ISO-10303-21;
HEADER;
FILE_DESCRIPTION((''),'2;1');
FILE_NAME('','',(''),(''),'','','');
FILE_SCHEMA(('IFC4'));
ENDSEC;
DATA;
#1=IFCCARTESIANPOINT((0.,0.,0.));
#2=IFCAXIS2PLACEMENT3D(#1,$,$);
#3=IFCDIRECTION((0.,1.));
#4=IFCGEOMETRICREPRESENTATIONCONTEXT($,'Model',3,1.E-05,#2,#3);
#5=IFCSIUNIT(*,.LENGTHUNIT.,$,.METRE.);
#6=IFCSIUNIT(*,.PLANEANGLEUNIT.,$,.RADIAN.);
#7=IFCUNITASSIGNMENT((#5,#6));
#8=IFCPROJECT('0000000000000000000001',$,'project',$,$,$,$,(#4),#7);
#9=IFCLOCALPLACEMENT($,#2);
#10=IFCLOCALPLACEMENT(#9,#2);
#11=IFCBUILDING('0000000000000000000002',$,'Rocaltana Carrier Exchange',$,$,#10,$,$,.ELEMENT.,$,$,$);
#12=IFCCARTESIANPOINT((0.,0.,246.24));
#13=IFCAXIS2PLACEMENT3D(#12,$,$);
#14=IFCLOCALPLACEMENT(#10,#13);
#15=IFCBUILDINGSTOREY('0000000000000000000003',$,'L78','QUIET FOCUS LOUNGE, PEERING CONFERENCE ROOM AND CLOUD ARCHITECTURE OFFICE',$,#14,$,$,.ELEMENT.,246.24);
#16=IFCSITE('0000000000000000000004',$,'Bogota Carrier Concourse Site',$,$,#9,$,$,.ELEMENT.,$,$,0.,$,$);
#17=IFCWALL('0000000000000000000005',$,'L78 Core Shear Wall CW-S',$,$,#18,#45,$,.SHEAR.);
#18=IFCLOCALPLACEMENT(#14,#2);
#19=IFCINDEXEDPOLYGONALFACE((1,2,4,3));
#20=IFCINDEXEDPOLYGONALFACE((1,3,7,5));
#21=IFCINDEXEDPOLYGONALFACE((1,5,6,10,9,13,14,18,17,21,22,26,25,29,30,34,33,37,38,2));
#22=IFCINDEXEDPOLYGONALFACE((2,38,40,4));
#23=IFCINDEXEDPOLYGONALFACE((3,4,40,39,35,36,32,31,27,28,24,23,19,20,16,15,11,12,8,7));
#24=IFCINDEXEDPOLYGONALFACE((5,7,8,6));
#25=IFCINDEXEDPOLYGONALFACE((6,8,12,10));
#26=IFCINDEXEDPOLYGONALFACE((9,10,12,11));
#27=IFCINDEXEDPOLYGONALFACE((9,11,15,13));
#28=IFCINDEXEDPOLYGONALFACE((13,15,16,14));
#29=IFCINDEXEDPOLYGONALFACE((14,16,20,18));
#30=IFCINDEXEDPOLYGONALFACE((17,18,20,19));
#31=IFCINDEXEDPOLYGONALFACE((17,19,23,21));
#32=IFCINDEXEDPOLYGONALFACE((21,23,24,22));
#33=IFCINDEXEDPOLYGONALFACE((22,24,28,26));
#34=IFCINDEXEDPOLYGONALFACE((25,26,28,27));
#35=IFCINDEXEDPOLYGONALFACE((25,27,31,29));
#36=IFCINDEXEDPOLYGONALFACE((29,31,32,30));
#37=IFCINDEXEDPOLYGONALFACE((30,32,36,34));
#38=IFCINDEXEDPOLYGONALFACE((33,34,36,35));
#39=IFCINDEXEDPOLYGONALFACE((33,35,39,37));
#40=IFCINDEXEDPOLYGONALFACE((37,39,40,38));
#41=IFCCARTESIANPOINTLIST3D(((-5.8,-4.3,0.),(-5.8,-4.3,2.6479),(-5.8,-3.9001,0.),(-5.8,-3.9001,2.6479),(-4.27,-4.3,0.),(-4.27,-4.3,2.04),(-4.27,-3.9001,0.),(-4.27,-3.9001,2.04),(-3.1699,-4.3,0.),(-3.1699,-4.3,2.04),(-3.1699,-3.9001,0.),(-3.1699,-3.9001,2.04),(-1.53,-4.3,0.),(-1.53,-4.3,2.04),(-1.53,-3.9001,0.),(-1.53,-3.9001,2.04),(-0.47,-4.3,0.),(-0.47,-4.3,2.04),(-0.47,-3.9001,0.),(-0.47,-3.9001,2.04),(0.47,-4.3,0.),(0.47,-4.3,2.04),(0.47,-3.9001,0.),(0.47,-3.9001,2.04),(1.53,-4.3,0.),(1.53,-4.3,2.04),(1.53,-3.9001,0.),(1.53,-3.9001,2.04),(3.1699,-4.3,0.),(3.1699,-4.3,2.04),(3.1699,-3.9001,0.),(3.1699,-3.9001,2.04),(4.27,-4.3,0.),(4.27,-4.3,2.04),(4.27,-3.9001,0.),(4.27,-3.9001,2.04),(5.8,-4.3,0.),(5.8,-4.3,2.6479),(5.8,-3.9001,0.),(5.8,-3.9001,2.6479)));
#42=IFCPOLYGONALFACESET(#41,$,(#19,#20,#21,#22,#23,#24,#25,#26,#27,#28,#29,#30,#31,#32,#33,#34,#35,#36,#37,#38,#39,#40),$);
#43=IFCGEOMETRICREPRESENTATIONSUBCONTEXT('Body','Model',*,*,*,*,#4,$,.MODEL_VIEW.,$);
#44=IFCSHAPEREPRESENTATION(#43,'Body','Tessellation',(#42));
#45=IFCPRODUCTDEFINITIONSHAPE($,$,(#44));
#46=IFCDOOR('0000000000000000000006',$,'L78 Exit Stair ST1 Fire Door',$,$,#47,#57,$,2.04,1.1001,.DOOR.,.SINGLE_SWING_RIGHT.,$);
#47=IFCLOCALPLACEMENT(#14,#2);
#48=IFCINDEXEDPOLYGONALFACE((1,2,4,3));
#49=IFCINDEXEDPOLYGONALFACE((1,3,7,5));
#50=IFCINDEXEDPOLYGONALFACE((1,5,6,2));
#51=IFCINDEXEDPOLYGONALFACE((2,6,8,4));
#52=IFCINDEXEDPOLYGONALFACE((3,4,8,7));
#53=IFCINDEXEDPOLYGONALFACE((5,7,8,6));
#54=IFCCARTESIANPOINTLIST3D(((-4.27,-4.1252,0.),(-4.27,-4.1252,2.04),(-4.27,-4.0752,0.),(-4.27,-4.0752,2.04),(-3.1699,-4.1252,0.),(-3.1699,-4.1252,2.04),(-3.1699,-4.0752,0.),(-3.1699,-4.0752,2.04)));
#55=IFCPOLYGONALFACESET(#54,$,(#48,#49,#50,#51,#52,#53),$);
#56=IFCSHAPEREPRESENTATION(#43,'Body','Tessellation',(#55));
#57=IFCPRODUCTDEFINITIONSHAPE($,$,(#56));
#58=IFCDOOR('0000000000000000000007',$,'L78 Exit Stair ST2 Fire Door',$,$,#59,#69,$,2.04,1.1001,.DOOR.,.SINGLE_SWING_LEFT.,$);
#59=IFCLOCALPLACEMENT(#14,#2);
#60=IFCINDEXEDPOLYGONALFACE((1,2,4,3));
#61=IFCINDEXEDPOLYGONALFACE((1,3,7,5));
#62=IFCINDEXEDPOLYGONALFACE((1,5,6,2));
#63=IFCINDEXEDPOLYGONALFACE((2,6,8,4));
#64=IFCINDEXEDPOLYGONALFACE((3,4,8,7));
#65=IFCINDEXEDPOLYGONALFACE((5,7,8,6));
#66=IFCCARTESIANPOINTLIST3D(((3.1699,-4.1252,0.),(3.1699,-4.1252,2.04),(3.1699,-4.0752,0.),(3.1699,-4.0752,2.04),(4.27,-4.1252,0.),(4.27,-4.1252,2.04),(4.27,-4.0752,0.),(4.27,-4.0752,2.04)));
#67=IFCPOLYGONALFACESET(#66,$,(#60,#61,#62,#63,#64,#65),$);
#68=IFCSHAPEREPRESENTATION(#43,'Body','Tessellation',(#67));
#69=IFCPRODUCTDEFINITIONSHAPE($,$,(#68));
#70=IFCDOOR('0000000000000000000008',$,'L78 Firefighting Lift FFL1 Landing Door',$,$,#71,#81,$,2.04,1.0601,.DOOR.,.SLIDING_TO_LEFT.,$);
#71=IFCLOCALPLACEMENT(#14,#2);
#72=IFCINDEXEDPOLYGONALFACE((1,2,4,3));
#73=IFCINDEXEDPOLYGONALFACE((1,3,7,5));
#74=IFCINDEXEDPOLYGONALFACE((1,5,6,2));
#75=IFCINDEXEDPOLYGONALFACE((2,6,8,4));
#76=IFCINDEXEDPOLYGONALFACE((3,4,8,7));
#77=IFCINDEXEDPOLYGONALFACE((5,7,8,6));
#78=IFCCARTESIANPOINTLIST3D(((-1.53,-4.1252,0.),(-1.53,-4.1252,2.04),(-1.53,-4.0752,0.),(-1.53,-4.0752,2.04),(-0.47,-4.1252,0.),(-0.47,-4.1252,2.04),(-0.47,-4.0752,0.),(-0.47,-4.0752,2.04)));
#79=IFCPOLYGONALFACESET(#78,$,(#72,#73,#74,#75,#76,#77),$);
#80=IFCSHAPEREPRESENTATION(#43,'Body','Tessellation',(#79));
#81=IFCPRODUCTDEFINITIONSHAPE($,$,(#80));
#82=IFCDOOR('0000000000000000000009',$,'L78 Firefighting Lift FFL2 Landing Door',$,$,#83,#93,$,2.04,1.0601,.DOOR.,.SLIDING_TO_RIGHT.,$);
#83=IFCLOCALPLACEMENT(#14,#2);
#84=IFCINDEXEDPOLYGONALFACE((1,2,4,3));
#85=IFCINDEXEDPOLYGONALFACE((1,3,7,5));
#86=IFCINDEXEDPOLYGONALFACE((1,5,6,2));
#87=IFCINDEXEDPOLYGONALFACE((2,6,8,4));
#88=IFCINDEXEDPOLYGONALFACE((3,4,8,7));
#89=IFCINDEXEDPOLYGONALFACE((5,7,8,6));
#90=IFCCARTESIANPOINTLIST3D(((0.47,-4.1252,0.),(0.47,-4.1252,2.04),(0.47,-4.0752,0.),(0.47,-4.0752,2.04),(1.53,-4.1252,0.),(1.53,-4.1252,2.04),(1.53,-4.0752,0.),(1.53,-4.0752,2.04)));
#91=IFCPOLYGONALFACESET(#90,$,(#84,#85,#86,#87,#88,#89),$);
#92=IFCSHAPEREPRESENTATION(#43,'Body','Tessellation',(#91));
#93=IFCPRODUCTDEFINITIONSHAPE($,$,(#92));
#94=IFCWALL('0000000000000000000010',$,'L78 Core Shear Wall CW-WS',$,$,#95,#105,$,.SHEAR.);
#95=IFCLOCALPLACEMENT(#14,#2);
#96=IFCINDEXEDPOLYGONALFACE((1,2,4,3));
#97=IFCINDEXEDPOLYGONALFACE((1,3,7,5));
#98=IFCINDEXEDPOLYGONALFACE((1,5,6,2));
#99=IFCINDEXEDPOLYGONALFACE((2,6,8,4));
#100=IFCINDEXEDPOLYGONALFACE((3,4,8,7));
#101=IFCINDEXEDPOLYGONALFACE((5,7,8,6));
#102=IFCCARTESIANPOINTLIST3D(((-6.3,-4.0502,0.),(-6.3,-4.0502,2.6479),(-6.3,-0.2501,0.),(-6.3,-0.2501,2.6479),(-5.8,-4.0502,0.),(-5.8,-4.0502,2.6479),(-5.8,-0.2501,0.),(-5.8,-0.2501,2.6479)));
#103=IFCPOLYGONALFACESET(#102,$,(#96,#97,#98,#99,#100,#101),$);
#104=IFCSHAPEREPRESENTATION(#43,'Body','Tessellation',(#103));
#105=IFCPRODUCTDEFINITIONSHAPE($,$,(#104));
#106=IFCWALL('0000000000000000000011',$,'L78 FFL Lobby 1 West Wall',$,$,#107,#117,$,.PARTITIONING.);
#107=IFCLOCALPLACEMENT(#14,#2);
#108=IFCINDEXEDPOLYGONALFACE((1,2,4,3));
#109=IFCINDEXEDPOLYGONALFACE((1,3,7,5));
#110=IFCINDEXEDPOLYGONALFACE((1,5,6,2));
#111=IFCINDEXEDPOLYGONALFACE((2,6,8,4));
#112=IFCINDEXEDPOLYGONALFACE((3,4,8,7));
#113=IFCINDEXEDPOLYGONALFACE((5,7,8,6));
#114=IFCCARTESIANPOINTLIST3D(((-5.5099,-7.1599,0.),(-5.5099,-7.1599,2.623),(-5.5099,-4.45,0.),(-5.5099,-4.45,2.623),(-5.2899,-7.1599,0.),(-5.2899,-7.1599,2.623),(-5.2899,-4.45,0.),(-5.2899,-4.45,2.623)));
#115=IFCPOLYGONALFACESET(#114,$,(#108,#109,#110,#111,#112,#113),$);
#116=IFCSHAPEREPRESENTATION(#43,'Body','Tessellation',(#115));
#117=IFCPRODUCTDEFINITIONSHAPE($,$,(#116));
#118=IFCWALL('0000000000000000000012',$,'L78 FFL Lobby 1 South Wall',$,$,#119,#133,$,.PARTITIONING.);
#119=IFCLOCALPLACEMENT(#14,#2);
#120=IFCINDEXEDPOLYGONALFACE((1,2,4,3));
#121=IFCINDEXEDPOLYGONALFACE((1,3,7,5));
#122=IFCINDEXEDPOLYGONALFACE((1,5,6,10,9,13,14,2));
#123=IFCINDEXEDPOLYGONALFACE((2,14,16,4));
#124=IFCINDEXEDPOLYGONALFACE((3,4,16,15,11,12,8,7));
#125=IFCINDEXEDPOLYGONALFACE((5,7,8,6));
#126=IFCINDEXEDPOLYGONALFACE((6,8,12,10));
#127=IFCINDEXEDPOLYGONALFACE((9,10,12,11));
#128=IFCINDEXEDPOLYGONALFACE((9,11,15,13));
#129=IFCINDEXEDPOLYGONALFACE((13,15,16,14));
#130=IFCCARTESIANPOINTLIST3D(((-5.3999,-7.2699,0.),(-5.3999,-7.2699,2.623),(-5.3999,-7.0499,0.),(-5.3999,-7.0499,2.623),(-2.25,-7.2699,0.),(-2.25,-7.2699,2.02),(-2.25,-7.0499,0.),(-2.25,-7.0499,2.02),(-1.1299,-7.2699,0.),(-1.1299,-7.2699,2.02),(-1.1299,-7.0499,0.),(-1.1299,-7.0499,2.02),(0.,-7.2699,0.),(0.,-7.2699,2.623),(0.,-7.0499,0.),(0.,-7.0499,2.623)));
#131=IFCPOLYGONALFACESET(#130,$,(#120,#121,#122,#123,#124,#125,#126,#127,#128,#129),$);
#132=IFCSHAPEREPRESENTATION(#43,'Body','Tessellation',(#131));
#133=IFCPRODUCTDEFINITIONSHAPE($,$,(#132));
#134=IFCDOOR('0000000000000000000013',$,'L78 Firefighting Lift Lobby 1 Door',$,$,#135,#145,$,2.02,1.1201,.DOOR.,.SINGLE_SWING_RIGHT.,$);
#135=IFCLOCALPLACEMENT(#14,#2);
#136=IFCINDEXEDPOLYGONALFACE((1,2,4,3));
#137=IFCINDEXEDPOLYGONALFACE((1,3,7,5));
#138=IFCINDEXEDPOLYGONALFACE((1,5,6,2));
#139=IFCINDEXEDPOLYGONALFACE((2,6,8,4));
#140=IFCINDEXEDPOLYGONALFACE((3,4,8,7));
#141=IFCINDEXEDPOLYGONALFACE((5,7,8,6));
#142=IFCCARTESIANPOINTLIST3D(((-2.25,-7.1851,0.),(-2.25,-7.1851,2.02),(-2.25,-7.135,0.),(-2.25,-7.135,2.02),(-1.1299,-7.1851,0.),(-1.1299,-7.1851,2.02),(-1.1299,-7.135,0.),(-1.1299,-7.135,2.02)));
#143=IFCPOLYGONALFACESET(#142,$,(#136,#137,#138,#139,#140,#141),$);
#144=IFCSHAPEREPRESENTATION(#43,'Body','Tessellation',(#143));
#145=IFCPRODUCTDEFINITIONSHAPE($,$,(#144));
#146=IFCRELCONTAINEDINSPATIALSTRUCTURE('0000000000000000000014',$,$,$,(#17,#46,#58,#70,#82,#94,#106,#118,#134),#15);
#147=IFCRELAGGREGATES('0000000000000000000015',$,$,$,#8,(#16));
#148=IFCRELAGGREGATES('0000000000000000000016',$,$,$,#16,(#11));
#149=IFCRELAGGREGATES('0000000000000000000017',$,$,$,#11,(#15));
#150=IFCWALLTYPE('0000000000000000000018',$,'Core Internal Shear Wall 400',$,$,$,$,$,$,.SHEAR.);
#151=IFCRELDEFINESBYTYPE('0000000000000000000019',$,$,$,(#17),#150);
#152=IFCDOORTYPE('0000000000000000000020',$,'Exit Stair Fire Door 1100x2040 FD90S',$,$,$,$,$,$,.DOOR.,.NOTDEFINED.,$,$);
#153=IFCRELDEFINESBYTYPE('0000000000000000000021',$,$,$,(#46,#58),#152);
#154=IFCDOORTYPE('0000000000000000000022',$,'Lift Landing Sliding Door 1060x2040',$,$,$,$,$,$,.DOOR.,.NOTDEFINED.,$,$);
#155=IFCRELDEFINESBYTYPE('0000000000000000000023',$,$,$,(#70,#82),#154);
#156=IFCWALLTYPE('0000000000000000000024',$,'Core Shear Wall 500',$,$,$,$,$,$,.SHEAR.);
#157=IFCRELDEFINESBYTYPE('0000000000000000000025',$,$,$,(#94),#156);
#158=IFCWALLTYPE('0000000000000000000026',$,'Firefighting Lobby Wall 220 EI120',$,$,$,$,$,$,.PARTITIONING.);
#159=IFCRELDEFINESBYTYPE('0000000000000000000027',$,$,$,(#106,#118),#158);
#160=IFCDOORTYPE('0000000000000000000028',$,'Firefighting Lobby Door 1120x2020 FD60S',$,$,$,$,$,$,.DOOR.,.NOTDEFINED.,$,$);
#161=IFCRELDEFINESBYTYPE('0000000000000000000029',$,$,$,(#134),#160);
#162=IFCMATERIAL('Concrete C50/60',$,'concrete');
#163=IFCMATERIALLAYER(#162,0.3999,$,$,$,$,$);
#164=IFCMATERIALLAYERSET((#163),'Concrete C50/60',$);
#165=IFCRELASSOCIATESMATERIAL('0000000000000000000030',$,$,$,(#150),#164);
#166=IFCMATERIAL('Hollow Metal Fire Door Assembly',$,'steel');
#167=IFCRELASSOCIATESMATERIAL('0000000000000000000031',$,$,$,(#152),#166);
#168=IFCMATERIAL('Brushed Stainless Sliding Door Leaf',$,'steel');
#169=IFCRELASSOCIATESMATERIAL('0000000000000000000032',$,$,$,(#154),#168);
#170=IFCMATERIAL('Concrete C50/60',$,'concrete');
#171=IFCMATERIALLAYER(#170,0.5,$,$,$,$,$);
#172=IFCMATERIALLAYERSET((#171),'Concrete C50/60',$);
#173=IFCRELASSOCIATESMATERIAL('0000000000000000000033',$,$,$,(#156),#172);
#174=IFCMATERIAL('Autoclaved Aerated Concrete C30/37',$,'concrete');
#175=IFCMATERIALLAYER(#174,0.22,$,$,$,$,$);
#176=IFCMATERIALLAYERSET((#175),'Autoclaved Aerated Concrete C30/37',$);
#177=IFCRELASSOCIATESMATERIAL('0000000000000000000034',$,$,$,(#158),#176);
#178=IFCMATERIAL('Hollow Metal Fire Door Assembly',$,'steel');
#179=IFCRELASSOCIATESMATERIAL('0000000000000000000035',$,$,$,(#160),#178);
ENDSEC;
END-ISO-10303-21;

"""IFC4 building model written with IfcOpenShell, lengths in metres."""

from ifc_helpers import new_model, si_unit, direction, frame, frame_2d, origin, place, context, subcontext, project, spatial, rectangle, extrude, material, layer, layer_set, type_object, element, fill, save


model = new_model("IFC4")

# Units and contexts
model_context = context("Model", 3, precision=1e-05, world=origin(), true_north=direction((0.0, 1.0)))
body_context = subcontext(model_context, "Body", "Model", "MODEL_VIEW")
ifc_project = project(units=[si_unit("LENGTHUNIT", "METRE"), si_unit("PLANEANGLEUNIT", "RADIAN")], contexts=[model_context])

# Site, building, storey
site_placement = place(None, origin())
site = spatial("IfcSite", under=ifc_project, at=site_placement, Name="Bogota Carrier Concourse Site", CompositionType="ELEMENT", RefElevation=0.0)
building_placement = place(site_placement, origin())
building = spatial("IfcBuilding", under=site, at=building_placement, Name="Rocaltana Carrier Exchange", CompositionType="ELEMENT")
storey_placement = place(building_placement, frame((0.0, 0.0, 246.24)))
storey = spatial("IfcBuildingStorey", under=building, at=storey_placement, Name="L78", Description="QUIET FOCUS LOUNGE, PEERING CONFERENCE ROOM AND CLOUD ARCHITECTURE OFFICE", CompositionType="ELEMENT", Elevation=246.24)

# Wall, openings, doors
ifc_material_1 = material(Name="Concrete C50/60", Category="concrete")
ifc_layer_1 = layer(ifc_material_1, 0.3999)
ifc_layer_set_1 = layer_set([ifc_layer_1], Name="Concrete C50/60")
wall_type_1 = type_object("IfcWallType", Name="Core Internal Shear Wall 400", PredefinedType="SHEAR", material=ifc_layer_set_1)
wall_1_placement = place(storey_placement, frame((-5.8, -4.1001, 0.0), z_axis=(0.0, 0.0, 1.0), x_axis=(1.0, 0.0, 0.0)))
wall_1 = element("IfcWall", 1, at=wall_1_placement, inside=storey, type_object=wall_type_1, Name="L78 Core Shear Wall CW-S", PredefinedType="SHEAR", context=body_context, shape_type="SweptSolid", body=[
    extrude(rectangle(XDim=11.6001, YDim=0.3999, at=frame_2d((5.8, 0.0))), origin(), (0.0, 0.0, 1.0), 2.6479),
])
opening_1_placement = place(wall_1_placement, frame((1.53, 0.0, 0.0)))
opening_1 = element("IfcOpeningElement", 2, at=opening_1_placement, cuts=wall_1, PredefinedType="OPENING", context=body_context, shape_type="SweptSolid", body=[
    extrude(rectangle(XDim=1.1001, YDim=2.04, at=frame_2d((0.55, 1.02))), frame((0.0, 0.21, 0.0), z_axis=(0.0, -1.0, 0.0), x_axis=(1.0, 0.0, 0.0)), (0.0, 0.0, 1.0), 0.4199),
])
opening_2_placement = place(wall_1_placement, frame((8.97, 0.0, 0.0)))
opening_2 = element("IfcOpeningElement", 3, at=opening_2_placement, cuts=wall_1, PredefinedType="OPENING", context=body_context, shape_type="SweptSolid", body=[
    extrude(rectangle(XDim=1.1001, YDim=2.04, at=frame_2d((0.55, 1.02))), frame((0.0, 0.21, 0.0), z_axis=(0.0, -1.0, 0.0), x_axis=(1.0, 0.0, 0.0)), (0.0, 0.0, 1.0), 0.4199),
])
opening_3_placement = place(wall_1_placement, frame((4.27, 0.0, 0.0)))
opening_3 = element("IfcOpeningElement", 4, at=opening_3_placement, cuts=wall_1, PredefinedType="OPENING", context=body_context, shape_type="SweptSolid", body=[
    extrude(rectangle(XDim=1.0601, YDim=2.04, at=frame_2d((0.53, 1.02))), frame((0.0, 0.21, 0.0), z_axis=(0.0, -1.0, 0.0), x_axis=(1.0, 0.0, 0.0)), (0.0, 0.0, 1.0), 0.4199),
])
opening_4_placement = place(wall_1_placement, frame((6.27, 0.0, 0.0)))
opening_4 = element("IfcOpeningElement", 5, at=opening_4_placement, cuts=wall_1, PredefinedType="OPENING", context=body_context, shape_type="SweptSolid", body=[
    extrude(rectangle(XDim=1.0601, YDim=2.04, at=frame_2d((0.53, 1.02))), frame((0.0, 0.21, 0.0), z_axis=(0.0, -1.0, 0.0), x_axis=(1.0, 0.0, 0.0)), (0.0, 0.0, 1.0), 0.4199),
])
ifc_material_2 = material(Name="Hollow Metal Fire Door Assembly", Category="steel")
door_type_1 = type_object("IfcDoorType", Name="Exit Stair Fire Door 1100x2040 FD90S", OperationType="NOTDEFINED", PredefinedType="DOOR", material=ifc_material_2)
door_1_placement = place(opening_1_placement, origin())
door_1 = element("IfcDoor", 6, at=door_1_placement, inside=storey, type_object=door_type_1, Name="L78 Exit Stair ST1 Fire Door", OperationType="SINGLE_SWING_RIGHT", OverallHeight=2.04, OverallWidth=1.1001, PredefinedType="DOOR", context=body_context, shape_type="SweptSolid", body=[
    extrude(rectangle(XDim=1.1001, YDim=2.04, at=frame_2d((0.55, 1.02))), frame((0.0, 0.0249, 0.0), z_axis=(0.0, -1.0, 0.0), x_axis=(1.0, 0.0, 0.0)), (0.0, 0.0, 1.0), 0.05),
])
fill(opening_1, door_1)
door_2_placement = place(opening_2_placement, origin())
door_2 = element("IfcDoor", 7, at=door_2_placement, inside=storey, type_object=door_type_1, Name="L78 Exit Stair ST2 Fire Door", OperationType="SINGLE_SWING_LEFT", OverallHeight=2.04, OverallWidth=1.1001, PredefinedType="DOOR", context=body_context, shape_type="SweptSolid", body=[
    extrude(rectangle(XDim=1.1001, YDim=2.04, at=frame_2d((0.55, 1.02))), frame((0.0, 0.0249, 0.0), z_axis=(0.0, -1.0, 0.0), x_axis=(1.0, 0.0, 0.0)), (0.0, 0.0, 1.0), 0.05),
])
fill(opening_2, door_2)
ifc_material_3 = material(Name="Brushed Stainless Sliding Door Leaf", Category="steel")
door_type_2 = type_object("IfcDoorType", Name="Lift Landing Sliding Door 1060x2040", OperationType="NOTDEFINED", PredefinedType="DOOR", material=ifc_material_3)
door_3_placement = place(opening_3_placement, origin())
door_3 = element("IfcDoor", 8, at=door_3_placement, inside=storey, type_object=door_type_2, Name="L78 Firefighting Lift FFL1 Landing Door", OperationType="SLIDING_TO_LEFT", OverallHeight=2.04, OverallWidth=1.0601, PredefinedType="DOOR", context=body_context, shape_type="SweptSolid", body=[
    extrude(rectangle(XDim=1.0601, YDim=2.04, at=frame_2d((0.53, 1.02))), frame((0.0, 0.0249, 0.0), z_axis=(0.0, -1.0, 0.0), x_axis=(1.0, 0.0, 0.0)), (0.0, 0.0, 1.0), 0.05),
])
fill(opening_3, door_3)
door_4_placement = place(opening_4_placement, origin())
door_4 = element("IfcDoor", 9, at=door_4_placement, inside=storey, type_object=door_type_2, Name="L78 Firefighting Lift FFL2 Landing Door", OperationType="SLIDING_TO_RIGHT", OverallHeight=2.04, OverallWidth=1.0601, PredefinedType="DOOR", context=body_context, shape_type="SweptSolid", body=[
    extrude(rectangle(XDim=1.0601, YDim=2.04, at=frame_2d((0.53, 1.02))), frame((0.0, 0.0249, 0.0), z_axis=(0.0, -1.0, 0.0), x_axis=(1.0, 0.0, 0.0)), (0.0, 0.0, 1.0), 0.05),
])
fill(opening_4, door_4)

# Walls
ifc_material_4 = material(Name="Concrete C50/60", Category="concrete")
ifc_layer_2 = layer(ifc_material_4, 0.5)
ifc_layer_set_2 = layer_set([ifc_layer_2], Name="Concrete C50/60")
wall_type_2 = type_object("IfcWallType", Name="Core Shear Wall 500", PredefinedType="SHEAR", material=ifc_layer_set_2)
wall_2_placement = place(storey_placement, frame((-6.05, -4.05, 0.0), z_axis=(0.0, 0.0, 1.0), x_axis=(0.0, 1.0, 0.0)))
element("IfcWall", 10, at=wall_2_placement, inside=storey, type_object=wall_type_2, Name="L78 Core Shear Wall CW-WS", PredefinedType="SHEAR", context=body_context, shape_type="SweptSolid", body=[
    extrude(rectangle(XDim=3.8, YDim=0.5, at=frame_2d((1.8999, 0.0))), origin(), (0.0, 0.0, 1.0), 2.6479),
])
ifc_material_5 = material(Name="Autoclaved Aerated Concrete C30/37", Category="concrete")
ifc_layer_3 = layer(ifc_material_5, 0.22)
ifc_layer_set_3 = layer_set([ifc_layer_3], Name="Autoclaved Aerated Concrete C30/37")
wall_type_3 = type_object("IfcWallType", Name="Firefighting Lobby Wall 220 EI120", PredefinedType="PARTITIONING", material=ifc_layer_set_3)
wall_3_placement = place(storey_placement, frame((-5.3999, -7.1599, 0.0), z_axis=(0.0, 0.0, 1.0), x_axis=(0.0, 1.0, 0.0)))
element("IfcWall", 11, at=wall_3_placement, inside=storey, type_object=wall_type_3, Name="L78 FFL Lobby 1 West Wall", PredefinedType="PARTITIONING", context=body_context, shape_type="SweptSolid", body=[
    extrude(rectangle(XDim=2.71, YDim=0.22, at=frame_2d((1.355, 0.0))), origin(), (0.0, 0.0, 1.0), 2.623),
])

# Wall, opening, door
wall_4_placement = place(storey_placement, frame((-5.3999, -7.1599, 0.0), z_axis=(0.0, 0.0, 1.0), x_axis=(1.0, 0.0, 0.0)))
wall_4 = element("IfcWall", 12, at=wall_4_placement, inside=storey, type_object=wall_type_3, Name="L78 FFL Lobby 1 South Wall", PredefinedType="PARTITIONING", context=body_context, shape_type="SweptSolid", body=[
    extrude(rectangle(XDim=5.3999, YDim=0.22, at=frame_2d((2.7, 0.0))), origin(), (0.0, 0.0, 1.0), 2.623),
])
opening_5_placement = place(wall_4_placement, frame((3.1499, 0.0, 0.0)))
opening_5 = element("IfcOpeningElement", 13, at=opening_5_placement, cuts=wall_4, PredefinedType="OPENING", context=body_context, shape_type="SweptSolid", body=[
    extrude(rectangle(XDim=1.1201, YDim=2.02, at=frame_2d((0.5601, 1.01))), frame((0.0, 0.1199, 0.0), z_axis=(0.0, -1.0, 0.0), x_axis=(1.0, 0.0, 0.0)), (0.0, 0.0, 1.0), 0.24),
])
ifc_material_6 = material(Name="Hollow Metal Fire Door Assembly", Category="steel")
door_type_3 = type_object("IfcDoorType", Name="Firefighting Lobby Door 1120x2020 FD60S", OperationType="NOTDEFINED", PredefinedType="DOOR", material=ifc_material_6)
door_5_placement = place(opening_5_placement, origin())
door_5 = element("IfcDoor", 14, at=door_5_placement, inside=storey, type_object=door_type_3, Name="L78 Firefighting Lift Lobby 1 Door", OperationType="SINGLE_SWING_RIGHT", OverallHeight=2.02, OverallWidth=1.1201, PredefinedType="DOOR", context=body_context, shape_type="SweptSolid", body=[
    extrude(rectangle(XDim=1.1201, YDim=2.02, at=frame_2d((0.5601, 1.01))), frame((0.0, 0.0249, 0.0), z_axis=(0.0, -1.0, 0.0), x_axis=(1.0, 0.0, 0.0)), (0.0, 0.0, 1.0), 0.05),
])
fill(opening_5, door_5)

save(model, "model.ifc")
